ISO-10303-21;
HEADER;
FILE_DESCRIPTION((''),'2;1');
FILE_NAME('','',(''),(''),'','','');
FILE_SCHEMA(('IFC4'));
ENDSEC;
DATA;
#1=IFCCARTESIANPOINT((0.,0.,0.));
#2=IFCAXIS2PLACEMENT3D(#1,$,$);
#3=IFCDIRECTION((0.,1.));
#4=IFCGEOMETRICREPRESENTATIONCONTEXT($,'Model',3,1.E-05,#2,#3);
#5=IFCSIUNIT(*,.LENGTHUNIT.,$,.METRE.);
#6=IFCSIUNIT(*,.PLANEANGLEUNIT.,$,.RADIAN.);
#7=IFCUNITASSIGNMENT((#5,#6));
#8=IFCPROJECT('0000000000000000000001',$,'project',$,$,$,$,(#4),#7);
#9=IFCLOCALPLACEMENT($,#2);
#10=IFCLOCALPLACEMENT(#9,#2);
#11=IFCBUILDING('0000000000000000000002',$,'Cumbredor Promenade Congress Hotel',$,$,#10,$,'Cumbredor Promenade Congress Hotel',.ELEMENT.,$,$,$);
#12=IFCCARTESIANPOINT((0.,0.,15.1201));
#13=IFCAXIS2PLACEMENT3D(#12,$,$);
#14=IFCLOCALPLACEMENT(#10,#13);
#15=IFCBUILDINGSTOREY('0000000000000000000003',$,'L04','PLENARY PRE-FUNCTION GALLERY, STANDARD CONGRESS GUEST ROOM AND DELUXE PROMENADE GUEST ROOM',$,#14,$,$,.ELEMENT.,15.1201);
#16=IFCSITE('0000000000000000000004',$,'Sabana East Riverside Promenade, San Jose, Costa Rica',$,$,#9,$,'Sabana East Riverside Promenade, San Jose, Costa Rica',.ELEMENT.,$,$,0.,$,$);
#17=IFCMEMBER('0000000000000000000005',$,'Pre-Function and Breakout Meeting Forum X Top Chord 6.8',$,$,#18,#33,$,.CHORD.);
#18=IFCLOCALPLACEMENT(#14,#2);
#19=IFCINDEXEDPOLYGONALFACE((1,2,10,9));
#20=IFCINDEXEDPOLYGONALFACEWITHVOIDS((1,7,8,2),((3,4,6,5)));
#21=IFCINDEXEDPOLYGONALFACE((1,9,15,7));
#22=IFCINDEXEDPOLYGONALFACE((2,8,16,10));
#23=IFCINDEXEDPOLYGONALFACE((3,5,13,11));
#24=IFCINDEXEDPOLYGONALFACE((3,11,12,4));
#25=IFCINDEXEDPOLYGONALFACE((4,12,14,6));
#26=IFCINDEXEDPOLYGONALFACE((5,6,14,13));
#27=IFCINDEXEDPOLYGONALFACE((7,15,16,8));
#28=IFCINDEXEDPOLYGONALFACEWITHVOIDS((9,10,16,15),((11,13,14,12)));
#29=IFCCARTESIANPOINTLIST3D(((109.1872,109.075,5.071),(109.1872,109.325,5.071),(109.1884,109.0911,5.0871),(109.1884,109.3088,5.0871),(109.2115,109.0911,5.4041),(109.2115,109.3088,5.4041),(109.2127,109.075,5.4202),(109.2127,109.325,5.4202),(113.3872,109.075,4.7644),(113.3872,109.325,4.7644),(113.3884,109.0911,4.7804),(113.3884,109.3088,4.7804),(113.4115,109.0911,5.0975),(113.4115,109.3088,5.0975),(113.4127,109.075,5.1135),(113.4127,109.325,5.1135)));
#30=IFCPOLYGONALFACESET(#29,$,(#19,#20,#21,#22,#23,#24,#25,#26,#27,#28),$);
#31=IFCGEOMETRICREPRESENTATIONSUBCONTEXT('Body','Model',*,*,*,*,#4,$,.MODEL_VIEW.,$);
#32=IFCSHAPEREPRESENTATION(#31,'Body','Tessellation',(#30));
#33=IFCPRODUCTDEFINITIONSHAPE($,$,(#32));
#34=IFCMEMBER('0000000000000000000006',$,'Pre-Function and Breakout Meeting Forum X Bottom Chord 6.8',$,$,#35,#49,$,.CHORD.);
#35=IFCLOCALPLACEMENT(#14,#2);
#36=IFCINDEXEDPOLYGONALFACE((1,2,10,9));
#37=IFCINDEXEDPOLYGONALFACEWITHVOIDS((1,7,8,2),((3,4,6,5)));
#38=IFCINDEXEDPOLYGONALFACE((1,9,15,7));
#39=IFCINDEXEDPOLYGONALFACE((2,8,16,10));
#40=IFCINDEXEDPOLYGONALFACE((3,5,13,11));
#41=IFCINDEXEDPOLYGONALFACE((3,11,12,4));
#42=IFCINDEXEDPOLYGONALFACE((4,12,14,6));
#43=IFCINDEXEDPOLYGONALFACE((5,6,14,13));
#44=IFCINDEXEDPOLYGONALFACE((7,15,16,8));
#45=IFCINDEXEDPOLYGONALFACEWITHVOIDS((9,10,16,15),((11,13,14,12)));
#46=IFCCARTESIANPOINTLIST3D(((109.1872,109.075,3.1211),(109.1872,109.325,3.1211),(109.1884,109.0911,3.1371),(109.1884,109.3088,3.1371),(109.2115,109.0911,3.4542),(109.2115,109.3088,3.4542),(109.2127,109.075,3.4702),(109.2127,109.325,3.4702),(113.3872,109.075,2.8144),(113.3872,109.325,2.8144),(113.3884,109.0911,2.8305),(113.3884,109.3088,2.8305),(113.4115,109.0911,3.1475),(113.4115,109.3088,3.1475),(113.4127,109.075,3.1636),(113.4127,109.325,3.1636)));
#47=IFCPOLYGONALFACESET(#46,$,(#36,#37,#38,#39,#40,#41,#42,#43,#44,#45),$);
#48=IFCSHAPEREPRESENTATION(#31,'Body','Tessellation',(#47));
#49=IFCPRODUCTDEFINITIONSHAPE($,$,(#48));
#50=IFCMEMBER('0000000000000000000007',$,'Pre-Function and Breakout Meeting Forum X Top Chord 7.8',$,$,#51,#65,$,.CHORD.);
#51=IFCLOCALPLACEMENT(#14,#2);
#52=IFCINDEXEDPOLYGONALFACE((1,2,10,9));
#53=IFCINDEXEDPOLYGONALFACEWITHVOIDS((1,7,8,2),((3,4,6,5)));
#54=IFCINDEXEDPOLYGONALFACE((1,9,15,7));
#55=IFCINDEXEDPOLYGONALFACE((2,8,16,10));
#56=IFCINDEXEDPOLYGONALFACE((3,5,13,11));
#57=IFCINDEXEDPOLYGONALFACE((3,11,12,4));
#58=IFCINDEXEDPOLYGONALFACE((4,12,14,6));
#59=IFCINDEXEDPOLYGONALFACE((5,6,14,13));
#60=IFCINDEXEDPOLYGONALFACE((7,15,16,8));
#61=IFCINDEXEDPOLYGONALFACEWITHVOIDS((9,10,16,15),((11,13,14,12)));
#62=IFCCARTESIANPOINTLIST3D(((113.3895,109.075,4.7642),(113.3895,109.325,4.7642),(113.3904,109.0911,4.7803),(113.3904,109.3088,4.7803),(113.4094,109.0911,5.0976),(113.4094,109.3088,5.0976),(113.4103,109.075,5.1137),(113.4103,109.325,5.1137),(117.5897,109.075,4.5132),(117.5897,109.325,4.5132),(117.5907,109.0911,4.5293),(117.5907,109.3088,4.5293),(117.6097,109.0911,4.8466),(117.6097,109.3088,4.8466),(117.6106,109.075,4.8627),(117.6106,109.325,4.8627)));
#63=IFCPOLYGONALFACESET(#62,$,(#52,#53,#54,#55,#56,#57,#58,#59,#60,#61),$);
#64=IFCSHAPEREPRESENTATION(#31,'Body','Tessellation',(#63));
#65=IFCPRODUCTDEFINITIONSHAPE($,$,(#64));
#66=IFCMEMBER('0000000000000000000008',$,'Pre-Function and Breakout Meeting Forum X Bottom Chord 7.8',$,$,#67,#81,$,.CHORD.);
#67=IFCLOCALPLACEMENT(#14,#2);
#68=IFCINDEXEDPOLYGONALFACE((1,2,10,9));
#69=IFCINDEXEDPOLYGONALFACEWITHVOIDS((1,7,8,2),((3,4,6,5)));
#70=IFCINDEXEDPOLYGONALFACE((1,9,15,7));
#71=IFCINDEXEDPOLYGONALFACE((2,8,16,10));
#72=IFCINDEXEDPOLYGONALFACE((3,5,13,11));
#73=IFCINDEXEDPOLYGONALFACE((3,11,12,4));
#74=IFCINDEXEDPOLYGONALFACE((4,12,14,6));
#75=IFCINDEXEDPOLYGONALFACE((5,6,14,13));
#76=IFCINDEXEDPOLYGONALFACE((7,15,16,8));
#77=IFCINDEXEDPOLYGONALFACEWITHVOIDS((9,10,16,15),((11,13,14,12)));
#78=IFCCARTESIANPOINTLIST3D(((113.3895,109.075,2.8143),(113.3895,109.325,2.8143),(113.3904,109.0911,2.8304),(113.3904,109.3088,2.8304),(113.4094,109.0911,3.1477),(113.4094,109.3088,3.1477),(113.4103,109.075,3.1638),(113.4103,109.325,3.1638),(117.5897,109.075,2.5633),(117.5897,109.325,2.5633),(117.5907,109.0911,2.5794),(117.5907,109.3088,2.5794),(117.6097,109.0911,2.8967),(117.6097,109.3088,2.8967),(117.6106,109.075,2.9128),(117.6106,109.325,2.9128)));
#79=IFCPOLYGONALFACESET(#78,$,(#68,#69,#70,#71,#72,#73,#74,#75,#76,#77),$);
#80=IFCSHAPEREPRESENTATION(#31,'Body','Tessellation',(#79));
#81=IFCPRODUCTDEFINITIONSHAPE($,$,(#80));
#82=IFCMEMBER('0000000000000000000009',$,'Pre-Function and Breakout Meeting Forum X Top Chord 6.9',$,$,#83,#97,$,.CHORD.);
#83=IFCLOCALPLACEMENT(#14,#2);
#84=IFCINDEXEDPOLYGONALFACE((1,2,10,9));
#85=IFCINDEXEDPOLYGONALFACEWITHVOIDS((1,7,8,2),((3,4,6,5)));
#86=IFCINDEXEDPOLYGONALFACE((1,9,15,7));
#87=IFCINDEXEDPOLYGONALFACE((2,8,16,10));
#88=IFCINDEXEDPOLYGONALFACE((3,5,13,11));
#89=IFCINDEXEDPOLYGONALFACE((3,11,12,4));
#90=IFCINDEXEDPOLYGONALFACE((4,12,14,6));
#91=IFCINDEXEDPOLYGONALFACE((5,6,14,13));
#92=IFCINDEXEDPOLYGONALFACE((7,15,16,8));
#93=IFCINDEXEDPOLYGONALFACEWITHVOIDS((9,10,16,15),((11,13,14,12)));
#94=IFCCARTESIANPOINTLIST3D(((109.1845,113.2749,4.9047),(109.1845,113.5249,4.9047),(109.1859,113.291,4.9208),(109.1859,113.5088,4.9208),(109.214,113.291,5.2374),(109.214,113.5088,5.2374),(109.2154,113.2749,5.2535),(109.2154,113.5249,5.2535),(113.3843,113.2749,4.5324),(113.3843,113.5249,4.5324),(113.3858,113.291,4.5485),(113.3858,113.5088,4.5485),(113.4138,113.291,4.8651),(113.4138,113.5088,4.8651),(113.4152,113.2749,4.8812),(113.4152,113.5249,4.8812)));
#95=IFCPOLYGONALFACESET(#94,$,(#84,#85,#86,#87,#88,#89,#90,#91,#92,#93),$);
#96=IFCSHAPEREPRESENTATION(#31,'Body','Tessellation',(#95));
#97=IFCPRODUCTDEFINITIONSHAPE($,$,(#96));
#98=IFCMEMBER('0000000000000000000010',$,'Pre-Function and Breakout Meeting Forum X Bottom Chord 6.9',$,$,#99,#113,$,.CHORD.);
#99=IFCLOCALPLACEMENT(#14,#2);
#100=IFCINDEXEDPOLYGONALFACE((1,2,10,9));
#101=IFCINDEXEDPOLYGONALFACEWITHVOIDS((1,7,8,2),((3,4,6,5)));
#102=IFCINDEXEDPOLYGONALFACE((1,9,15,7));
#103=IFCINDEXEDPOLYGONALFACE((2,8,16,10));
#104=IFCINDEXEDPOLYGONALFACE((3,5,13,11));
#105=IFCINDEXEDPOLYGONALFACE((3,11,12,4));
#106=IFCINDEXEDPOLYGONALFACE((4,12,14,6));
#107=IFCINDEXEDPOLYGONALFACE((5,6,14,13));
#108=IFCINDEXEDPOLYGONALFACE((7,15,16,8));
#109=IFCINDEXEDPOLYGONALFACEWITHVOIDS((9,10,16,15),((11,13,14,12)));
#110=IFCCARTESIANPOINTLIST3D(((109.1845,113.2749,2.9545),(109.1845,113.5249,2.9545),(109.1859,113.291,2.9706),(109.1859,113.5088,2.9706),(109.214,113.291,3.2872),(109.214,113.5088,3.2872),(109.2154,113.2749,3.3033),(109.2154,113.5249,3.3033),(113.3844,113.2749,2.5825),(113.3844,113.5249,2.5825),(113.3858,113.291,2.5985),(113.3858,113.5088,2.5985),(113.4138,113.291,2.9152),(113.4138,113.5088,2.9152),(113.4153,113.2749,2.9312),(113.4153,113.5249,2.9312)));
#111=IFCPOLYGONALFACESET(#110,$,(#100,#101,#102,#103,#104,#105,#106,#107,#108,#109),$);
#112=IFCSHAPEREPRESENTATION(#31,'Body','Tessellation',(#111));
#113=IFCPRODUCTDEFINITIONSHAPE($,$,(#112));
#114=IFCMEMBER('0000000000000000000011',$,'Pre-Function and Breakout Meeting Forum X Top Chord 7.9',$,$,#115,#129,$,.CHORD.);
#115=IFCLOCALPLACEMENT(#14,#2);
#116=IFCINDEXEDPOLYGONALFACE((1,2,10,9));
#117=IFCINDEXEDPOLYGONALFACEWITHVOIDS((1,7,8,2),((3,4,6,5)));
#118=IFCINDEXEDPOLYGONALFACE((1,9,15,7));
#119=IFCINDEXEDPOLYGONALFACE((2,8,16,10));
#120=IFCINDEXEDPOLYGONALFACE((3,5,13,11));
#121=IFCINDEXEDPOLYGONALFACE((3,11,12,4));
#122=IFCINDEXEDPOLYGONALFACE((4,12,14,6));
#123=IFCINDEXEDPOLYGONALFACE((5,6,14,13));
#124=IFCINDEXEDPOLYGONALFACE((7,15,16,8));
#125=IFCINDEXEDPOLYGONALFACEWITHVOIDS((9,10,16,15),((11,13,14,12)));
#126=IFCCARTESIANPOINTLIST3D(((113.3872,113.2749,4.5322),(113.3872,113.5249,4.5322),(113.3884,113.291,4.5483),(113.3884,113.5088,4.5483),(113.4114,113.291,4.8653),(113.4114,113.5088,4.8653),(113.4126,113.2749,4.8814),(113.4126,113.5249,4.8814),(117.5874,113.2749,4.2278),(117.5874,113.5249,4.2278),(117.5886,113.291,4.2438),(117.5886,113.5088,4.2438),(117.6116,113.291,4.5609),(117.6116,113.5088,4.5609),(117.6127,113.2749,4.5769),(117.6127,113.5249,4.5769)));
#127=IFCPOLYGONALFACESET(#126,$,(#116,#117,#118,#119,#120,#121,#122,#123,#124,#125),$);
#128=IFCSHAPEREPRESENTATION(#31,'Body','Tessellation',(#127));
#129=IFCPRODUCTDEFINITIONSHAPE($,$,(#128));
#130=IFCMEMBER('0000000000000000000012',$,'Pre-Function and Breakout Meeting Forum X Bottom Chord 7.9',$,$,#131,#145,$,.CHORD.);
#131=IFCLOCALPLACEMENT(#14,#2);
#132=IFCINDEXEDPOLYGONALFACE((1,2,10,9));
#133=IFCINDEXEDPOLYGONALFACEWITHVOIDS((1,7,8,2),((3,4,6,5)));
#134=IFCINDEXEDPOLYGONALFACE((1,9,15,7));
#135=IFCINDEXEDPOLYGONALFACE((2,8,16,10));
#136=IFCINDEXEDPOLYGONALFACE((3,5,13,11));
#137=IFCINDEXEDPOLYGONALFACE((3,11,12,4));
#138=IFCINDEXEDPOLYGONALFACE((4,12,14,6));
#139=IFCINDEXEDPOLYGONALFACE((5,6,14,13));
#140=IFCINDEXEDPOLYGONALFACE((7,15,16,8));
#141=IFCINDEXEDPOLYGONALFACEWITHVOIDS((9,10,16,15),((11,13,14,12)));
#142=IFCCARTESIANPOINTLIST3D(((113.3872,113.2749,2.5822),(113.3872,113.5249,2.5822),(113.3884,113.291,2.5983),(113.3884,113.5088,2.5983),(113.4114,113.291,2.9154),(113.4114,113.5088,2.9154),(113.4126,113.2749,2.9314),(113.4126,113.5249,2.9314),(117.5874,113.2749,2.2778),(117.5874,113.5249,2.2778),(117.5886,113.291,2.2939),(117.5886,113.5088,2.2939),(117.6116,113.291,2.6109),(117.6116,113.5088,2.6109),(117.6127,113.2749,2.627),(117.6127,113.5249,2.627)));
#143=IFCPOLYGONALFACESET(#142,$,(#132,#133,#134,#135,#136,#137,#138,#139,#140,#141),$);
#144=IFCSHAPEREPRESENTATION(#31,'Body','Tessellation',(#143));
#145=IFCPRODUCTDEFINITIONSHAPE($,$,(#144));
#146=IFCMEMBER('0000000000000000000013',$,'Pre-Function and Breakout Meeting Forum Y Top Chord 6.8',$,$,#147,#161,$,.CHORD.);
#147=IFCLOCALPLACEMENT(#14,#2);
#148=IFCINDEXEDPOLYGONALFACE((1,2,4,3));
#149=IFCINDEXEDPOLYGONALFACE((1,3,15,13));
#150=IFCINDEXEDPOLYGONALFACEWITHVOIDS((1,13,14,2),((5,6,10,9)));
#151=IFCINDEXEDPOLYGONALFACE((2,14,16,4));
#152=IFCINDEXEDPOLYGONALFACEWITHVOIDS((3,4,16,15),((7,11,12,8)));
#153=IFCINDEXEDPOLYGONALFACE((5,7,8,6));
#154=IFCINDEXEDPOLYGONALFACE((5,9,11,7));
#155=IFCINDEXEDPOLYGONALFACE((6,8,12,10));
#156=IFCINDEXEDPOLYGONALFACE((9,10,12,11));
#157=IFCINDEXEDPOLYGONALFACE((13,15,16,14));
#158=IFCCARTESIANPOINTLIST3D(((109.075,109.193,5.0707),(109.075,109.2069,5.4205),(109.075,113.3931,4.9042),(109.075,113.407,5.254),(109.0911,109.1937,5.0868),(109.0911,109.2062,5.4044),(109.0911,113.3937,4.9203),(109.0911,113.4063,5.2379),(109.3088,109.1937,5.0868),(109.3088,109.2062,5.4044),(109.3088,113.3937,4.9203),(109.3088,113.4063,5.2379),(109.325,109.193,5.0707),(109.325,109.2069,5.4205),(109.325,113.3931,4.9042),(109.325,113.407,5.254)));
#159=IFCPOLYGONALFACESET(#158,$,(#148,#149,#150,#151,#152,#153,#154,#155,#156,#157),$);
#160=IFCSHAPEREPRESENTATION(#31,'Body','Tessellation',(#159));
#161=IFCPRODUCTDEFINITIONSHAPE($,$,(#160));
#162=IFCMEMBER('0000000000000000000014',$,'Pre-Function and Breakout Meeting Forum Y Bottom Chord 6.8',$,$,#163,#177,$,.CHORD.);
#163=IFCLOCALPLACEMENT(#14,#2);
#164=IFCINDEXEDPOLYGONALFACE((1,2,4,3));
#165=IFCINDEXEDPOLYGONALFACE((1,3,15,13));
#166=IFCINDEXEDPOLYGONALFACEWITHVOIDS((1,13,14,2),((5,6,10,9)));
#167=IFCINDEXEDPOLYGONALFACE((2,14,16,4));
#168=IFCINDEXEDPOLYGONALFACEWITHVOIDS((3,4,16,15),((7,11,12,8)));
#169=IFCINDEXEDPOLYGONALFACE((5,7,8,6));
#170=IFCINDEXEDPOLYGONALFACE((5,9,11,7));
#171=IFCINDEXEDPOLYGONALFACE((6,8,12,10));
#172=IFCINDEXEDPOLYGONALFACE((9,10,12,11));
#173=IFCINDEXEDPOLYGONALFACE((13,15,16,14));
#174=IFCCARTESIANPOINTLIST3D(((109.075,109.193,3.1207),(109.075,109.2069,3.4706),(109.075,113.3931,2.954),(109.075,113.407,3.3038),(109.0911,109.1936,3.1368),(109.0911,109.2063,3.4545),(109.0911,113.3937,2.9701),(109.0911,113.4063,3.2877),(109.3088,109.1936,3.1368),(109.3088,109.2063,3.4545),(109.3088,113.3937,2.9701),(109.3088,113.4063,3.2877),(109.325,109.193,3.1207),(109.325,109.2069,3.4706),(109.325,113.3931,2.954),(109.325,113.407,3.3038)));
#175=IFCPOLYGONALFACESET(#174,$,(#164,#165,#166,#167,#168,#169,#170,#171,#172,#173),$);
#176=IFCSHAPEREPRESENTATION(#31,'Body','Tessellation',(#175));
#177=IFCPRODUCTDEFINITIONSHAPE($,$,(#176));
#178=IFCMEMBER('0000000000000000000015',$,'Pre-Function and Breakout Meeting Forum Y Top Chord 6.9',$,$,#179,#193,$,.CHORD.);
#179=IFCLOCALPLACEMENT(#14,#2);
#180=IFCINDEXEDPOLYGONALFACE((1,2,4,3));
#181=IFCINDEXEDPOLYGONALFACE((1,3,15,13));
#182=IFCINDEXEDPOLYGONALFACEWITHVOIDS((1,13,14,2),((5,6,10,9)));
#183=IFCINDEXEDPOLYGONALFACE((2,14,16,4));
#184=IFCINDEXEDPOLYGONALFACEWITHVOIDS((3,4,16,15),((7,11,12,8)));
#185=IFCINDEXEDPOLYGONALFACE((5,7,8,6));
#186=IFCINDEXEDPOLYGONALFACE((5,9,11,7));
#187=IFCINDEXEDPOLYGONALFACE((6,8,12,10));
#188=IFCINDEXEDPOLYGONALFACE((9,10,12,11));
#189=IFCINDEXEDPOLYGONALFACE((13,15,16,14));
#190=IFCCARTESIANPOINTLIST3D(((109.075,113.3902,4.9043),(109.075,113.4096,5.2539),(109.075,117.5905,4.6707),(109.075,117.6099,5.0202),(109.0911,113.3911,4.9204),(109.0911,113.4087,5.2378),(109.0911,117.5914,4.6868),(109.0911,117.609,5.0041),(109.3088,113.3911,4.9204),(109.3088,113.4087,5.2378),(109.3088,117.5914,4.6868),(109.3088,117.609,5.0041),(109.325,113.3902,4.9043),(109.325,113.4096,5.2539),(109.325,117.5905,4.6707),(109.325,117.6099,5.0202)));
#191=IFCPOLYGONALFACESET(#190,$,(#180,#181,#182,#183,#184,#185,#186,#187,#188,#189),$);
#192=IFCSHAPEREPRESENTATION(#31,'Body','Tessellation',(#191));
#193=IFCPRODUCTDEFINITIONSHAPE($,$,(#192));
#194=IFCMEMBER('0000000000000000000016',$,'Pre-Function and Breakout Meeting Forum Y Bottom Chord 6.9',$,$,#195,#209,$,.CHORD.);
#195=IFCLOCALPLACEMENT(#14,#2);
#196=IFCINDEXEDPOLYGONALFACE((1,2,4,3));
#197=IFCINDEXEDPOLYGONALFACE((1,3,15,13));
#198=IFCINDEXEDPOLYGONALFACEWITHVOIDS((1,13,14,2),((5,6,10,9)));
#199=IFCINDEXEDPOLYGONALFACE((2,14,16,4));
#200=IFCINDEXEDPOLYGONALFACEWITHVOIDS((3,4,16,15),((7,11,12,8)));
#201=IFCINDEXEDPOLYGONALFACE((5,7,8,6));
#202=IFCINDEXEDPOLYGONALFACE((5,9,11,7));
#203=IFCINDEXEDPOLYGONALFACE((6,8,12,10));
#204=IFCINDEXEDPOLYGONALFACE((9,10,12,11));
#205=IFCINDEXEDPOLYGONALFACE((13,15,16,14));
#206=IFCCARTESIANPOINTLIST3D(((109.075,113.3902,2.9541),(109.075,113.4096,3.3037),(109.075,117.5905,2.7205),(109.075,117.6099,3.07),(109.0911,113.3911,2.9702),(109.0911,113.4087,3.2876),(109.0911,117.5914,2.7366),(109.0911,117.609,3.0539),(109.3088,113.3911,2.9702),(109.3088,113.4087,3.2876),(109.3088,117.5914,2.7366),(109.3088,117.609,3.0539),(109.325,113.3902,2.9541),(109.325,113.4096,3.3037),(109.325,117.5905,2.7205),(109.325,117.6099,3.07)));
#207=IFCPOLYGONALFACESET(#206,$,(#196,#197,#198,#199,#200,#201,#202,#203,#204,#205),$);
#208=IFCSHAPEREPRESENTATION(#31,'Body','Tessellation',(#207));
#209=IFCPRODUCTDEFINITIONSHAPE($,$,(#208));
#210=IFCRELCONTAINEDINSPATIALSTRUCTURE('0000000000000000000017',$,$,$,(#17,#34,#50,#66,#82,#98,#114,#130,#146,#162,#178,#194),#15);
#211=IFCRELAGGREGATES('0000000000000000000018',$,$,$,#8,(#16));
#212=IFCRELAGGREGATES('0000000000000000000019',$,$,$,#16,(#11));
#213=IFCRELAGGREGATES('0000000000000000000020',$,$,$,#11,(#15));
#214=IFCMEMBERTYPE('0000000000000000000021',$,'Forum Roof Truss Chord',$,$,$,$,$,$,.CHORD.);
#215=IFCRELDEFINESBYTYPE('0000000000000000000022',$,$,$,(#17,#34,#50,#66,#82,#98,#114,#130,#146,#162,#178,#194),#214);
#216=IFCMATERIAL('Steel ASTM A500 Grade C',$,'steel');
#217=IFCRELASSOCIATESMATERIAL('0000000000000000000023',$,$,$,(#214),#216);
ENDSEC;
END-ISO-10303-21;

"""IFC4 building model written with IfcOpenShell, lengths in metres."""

from ifc_helpers import new_model, si_unit, direction, frame, origin, origin_2d, place, context, subcontext, project, spatial, hollow_rectangle, extrude, material, material_profile, profile_set, type_object, element, save


model = new_model("IFC4")

# Units and contexts
model_context = context("Model", 3, precision=1e-05, world=origin(), true_north=direction((0.0, 1.0)))
body_context = subcontext(model_context, "Body", "Model", "MODEL_VIEW")
ifc_project = project(units=[si_unit("LENGTHUNIT", "METRE"), si_unit("PLANEANGLEUNIT", "RADIAN")], contexts=[model_context])

# Site, building, storey
site_placement = place(None, origin())
site = spatial("IfcSite", under=ifc_project, at=site_placement, Name="Sabana East Riverside Promenade, San Jose, Costa Rica", LongName="Sabana East Riverside Promenade, San Jose, Costa Rica", CompositionType="ELEMENT", RefElevation=0.0)
building_placement = place(site_placement, origin())
building = spatial("IfcBuilding", under=site, at=building_placement, Name="Cumbredor Promenade Congress Hotel", LongName="Cumbredor Promenade Congress Hotel", CompositionType="ELEMENT")
storey_placement = place(building_placement, frame((0.0, 0.0, 15.1201)))
storey = spatial("IfcBuildingStorey", under=building, at=storey_placement, Name="L04", Description="PLENARY PRE-FUNCTION GALLERY, STANDARD CONGRESS GUEST ROOM AND DELUXE PROMENADE GUEST ROOM", CompositionType="ELEMENT", Elevation=15.1201)

# Members
ifc_material_1 = material(Name="Steel ASTM A500 Grade C", Category="steel")
ifc_material_profile_1 = material_profile(ifc_material_1, hollow_rectangle(XDim=0.25, YDim=0.3501, WallThickness=0.0161, at=origin_2d()), Name="HSS 350x250x16")
ifc_profile_set_1 = profile_set([ifc_material_profile_1], Name="Steel ASTM A500 Grade C")
member_type_1 = type_object("IfcMemberType", Name="Forum Roof Truss Chord", PredefinedType="CHORD", material=ifc_profile_set_1)
for number, where, z_axis, x_axis, name in (
    (1, (109.2, 109.2, 5.2456), (0.997345, 0.0, -0.072817), (0.0, 1.0, 0.0), "Pre-Function and Breakout Meeting Forum X Top Chord 6.8"),
    (2, (109.2, 109.2, 3.2957), (0.997345, 0.0, -0.072817), (0.0, 1.0, 0.0), "Pre-Function and Breakout Meeting Forum X Bottom Chord 6.8"),
):
    element("IfcMember", number, at=place(storey_placement, frame(where, z_axis=z_axis, x_axis=x_axis)), inside=storey, type_object=member_type_1, Name=name, PredefinedType="CHORD", context=body_context, shape_type="SweptSolid", body=[
        extrude(hollow_rectangle(XDim=0.25, YDim=0.3501, WallThickness=0.0161, at=origin_2d()), origin(), (0.0, 0.0, 1.0), 4.2112),
    ])
for number, where, z_axis, x_axis, name in (
    (3, (113.3999, 109.2, 4.939), (0.99822, 0.0, -0.059647), (0.0, 1.0, 0.0), "Pre-Function and Breakout Meeting Forum X Top Chord 7.8"),
    (4, (113.3999, 109.2, 2.989), (0.99822, 0.0, -0.059647), (0.0, 1.0, 0.0), "Pre-Function and Breakout Meeting Forum X Bottom Chord 7.8"),
):
    element("IfcMember", number, at=place(storey_placement, frame(where, z_axis=z_axis, x_axis=x_axis)), inside=storey, type_object=member_type_1, Name=name, PredefinedType="CHORD", context=body_context, shape_type="SweptSolid", body=[
        extrude(hollow_rectangle(XDim=0.25, YDim=0.3501, WallThickness=0.0161, at=origin_2d()), origin(), (0.0, 0.0, 1.0), 4.2078),
    ])
for number, where, z_axis, x_axis, name in (
    (5, (109.2, 113.3999, 5.0791), (0.996094, 0.0, -0.088301), (0.0, 1.0, 0.0), "Pre-Function and Breakout Meeting Forum X Top Chord 6.9"),
    (6, (109.2, 113.3999, 3.1289), (0.996099, 0.0, -0.088244), (0.0, 1.0, 0.0), "Pre-Function and Breakout Meeting Forum X Bottom Chord 6.9"),
):
    element("IfcMember", number, at=place(storey_placement, frame(where, z_axis=z_axis, x_axis=x_axis)), inside=storey, type_object=member_type_1, Name=name, PredefinedType="CHORD", context=body_context, shape_type="SweptSolid", body=[
        extrude(hollow_rectangle(XDim=0.25, YDim=0.3501, WallThickness=0.0161, at=origin_2d()), origin(), (0.0, 0.0, 1.0), 4.2163),
    ])
for number, where, z_axis, x_axis, name in (
    (7, (113.3999, 113.3999, 4.7068), (0.997383, 0.0, -0.072293), (0.0, 1.0, 0.0), "Pre-Function and Breakout Meeting Forum X Top Chord 7.9"),
    (8, (113.3999, 113.3999, 2.7568), (0.997383, 0.0, -0.072293), (0.0, 1.0, 0.0), "Pre-Function and Breakout Meeting Forum X Bottom Chord 7.9"),
):
    element("IfcMember", number, at=place(storey_placement, frame(where, z_axis=z_axis, x_axis=x_axis)), inside=storey, type_object=member_type_1, Name=name, PredefinedType="CHORD", context=body_context, shape_type="SweptSolid", body=[
        extrude(hollow_rectangle(XDim=0.25, YDim=0.3501, WallThickness=0.0161, at=origin_2d()), origin(), (0.0, 0.0, 1.0), 4.2112),
    ])
for number, where, z_axis, x_axis, name in (
    (9, (109.2, 109.2, 5.2456), (0.0, 0.999215, -0.039613), (-1.0, 0.0, 0.0), "Pre-Function and Breakout Meeting Forum Y Top Chord 6.8"),
    (10, (109.2, 109.2, 3.2957), (0.0, 0.999213, -0.039671), (-1.0, 0.0, 0.0), "Pre-Function and Breakout Meeting Forum Y Bottom Chord 6.8"),
):
    element("IfcMember", number, at=place(storey_placement, frame(where, z_axis=z_axis, x_axis=x_axis)), inside=storey, type_object=member_type_1, Name=name, PredefinedType="CHORD", context=body_context, shape_type="SweptSolid", body=[
        extrude(hollow_rectangle(XDim=0.25, YDim=0.3501, WallThickness=0.0161, at=origin_2d()), origin(), (0.0, 0.0, 1.0), 4.2034),
    ])
for number, where, z_axis, x_axis, name in (
    (11, (109.2, 113.3999, 5.0791), (0.0, 0.998456, -0.055541), (-1.0, 0.0, 0.0), "Pre-Function and Breakout Meeting Forum Y Top Chord 6.9"),
    (12, (109.2, 113.3999, 3.1289), (0.0, 0.998456, -0.055541), (-1.0, 0.0, 0.0), "Pre-Function and Breakout Meeting Forum Y Bottom Chord 6.9"),
):
    element("IfcMember", number, at=place(storey_placement, frame(where, z_axis=z_axis, x_axis=x_axis)), inside=storey, type_object=member_type_1, Name=name, PredefinedType="CHORD", context=body_context, shape_type="SweptSolid", body=[
        extrude(hollow_rectangle(XDim=0.25, YDim=0.3501, WallThickness=0.0161, at=origin_2d()), origin(), (0.0, 0.0, 1.0), 4.2068),
    ])

save(model, "model.ifc")
